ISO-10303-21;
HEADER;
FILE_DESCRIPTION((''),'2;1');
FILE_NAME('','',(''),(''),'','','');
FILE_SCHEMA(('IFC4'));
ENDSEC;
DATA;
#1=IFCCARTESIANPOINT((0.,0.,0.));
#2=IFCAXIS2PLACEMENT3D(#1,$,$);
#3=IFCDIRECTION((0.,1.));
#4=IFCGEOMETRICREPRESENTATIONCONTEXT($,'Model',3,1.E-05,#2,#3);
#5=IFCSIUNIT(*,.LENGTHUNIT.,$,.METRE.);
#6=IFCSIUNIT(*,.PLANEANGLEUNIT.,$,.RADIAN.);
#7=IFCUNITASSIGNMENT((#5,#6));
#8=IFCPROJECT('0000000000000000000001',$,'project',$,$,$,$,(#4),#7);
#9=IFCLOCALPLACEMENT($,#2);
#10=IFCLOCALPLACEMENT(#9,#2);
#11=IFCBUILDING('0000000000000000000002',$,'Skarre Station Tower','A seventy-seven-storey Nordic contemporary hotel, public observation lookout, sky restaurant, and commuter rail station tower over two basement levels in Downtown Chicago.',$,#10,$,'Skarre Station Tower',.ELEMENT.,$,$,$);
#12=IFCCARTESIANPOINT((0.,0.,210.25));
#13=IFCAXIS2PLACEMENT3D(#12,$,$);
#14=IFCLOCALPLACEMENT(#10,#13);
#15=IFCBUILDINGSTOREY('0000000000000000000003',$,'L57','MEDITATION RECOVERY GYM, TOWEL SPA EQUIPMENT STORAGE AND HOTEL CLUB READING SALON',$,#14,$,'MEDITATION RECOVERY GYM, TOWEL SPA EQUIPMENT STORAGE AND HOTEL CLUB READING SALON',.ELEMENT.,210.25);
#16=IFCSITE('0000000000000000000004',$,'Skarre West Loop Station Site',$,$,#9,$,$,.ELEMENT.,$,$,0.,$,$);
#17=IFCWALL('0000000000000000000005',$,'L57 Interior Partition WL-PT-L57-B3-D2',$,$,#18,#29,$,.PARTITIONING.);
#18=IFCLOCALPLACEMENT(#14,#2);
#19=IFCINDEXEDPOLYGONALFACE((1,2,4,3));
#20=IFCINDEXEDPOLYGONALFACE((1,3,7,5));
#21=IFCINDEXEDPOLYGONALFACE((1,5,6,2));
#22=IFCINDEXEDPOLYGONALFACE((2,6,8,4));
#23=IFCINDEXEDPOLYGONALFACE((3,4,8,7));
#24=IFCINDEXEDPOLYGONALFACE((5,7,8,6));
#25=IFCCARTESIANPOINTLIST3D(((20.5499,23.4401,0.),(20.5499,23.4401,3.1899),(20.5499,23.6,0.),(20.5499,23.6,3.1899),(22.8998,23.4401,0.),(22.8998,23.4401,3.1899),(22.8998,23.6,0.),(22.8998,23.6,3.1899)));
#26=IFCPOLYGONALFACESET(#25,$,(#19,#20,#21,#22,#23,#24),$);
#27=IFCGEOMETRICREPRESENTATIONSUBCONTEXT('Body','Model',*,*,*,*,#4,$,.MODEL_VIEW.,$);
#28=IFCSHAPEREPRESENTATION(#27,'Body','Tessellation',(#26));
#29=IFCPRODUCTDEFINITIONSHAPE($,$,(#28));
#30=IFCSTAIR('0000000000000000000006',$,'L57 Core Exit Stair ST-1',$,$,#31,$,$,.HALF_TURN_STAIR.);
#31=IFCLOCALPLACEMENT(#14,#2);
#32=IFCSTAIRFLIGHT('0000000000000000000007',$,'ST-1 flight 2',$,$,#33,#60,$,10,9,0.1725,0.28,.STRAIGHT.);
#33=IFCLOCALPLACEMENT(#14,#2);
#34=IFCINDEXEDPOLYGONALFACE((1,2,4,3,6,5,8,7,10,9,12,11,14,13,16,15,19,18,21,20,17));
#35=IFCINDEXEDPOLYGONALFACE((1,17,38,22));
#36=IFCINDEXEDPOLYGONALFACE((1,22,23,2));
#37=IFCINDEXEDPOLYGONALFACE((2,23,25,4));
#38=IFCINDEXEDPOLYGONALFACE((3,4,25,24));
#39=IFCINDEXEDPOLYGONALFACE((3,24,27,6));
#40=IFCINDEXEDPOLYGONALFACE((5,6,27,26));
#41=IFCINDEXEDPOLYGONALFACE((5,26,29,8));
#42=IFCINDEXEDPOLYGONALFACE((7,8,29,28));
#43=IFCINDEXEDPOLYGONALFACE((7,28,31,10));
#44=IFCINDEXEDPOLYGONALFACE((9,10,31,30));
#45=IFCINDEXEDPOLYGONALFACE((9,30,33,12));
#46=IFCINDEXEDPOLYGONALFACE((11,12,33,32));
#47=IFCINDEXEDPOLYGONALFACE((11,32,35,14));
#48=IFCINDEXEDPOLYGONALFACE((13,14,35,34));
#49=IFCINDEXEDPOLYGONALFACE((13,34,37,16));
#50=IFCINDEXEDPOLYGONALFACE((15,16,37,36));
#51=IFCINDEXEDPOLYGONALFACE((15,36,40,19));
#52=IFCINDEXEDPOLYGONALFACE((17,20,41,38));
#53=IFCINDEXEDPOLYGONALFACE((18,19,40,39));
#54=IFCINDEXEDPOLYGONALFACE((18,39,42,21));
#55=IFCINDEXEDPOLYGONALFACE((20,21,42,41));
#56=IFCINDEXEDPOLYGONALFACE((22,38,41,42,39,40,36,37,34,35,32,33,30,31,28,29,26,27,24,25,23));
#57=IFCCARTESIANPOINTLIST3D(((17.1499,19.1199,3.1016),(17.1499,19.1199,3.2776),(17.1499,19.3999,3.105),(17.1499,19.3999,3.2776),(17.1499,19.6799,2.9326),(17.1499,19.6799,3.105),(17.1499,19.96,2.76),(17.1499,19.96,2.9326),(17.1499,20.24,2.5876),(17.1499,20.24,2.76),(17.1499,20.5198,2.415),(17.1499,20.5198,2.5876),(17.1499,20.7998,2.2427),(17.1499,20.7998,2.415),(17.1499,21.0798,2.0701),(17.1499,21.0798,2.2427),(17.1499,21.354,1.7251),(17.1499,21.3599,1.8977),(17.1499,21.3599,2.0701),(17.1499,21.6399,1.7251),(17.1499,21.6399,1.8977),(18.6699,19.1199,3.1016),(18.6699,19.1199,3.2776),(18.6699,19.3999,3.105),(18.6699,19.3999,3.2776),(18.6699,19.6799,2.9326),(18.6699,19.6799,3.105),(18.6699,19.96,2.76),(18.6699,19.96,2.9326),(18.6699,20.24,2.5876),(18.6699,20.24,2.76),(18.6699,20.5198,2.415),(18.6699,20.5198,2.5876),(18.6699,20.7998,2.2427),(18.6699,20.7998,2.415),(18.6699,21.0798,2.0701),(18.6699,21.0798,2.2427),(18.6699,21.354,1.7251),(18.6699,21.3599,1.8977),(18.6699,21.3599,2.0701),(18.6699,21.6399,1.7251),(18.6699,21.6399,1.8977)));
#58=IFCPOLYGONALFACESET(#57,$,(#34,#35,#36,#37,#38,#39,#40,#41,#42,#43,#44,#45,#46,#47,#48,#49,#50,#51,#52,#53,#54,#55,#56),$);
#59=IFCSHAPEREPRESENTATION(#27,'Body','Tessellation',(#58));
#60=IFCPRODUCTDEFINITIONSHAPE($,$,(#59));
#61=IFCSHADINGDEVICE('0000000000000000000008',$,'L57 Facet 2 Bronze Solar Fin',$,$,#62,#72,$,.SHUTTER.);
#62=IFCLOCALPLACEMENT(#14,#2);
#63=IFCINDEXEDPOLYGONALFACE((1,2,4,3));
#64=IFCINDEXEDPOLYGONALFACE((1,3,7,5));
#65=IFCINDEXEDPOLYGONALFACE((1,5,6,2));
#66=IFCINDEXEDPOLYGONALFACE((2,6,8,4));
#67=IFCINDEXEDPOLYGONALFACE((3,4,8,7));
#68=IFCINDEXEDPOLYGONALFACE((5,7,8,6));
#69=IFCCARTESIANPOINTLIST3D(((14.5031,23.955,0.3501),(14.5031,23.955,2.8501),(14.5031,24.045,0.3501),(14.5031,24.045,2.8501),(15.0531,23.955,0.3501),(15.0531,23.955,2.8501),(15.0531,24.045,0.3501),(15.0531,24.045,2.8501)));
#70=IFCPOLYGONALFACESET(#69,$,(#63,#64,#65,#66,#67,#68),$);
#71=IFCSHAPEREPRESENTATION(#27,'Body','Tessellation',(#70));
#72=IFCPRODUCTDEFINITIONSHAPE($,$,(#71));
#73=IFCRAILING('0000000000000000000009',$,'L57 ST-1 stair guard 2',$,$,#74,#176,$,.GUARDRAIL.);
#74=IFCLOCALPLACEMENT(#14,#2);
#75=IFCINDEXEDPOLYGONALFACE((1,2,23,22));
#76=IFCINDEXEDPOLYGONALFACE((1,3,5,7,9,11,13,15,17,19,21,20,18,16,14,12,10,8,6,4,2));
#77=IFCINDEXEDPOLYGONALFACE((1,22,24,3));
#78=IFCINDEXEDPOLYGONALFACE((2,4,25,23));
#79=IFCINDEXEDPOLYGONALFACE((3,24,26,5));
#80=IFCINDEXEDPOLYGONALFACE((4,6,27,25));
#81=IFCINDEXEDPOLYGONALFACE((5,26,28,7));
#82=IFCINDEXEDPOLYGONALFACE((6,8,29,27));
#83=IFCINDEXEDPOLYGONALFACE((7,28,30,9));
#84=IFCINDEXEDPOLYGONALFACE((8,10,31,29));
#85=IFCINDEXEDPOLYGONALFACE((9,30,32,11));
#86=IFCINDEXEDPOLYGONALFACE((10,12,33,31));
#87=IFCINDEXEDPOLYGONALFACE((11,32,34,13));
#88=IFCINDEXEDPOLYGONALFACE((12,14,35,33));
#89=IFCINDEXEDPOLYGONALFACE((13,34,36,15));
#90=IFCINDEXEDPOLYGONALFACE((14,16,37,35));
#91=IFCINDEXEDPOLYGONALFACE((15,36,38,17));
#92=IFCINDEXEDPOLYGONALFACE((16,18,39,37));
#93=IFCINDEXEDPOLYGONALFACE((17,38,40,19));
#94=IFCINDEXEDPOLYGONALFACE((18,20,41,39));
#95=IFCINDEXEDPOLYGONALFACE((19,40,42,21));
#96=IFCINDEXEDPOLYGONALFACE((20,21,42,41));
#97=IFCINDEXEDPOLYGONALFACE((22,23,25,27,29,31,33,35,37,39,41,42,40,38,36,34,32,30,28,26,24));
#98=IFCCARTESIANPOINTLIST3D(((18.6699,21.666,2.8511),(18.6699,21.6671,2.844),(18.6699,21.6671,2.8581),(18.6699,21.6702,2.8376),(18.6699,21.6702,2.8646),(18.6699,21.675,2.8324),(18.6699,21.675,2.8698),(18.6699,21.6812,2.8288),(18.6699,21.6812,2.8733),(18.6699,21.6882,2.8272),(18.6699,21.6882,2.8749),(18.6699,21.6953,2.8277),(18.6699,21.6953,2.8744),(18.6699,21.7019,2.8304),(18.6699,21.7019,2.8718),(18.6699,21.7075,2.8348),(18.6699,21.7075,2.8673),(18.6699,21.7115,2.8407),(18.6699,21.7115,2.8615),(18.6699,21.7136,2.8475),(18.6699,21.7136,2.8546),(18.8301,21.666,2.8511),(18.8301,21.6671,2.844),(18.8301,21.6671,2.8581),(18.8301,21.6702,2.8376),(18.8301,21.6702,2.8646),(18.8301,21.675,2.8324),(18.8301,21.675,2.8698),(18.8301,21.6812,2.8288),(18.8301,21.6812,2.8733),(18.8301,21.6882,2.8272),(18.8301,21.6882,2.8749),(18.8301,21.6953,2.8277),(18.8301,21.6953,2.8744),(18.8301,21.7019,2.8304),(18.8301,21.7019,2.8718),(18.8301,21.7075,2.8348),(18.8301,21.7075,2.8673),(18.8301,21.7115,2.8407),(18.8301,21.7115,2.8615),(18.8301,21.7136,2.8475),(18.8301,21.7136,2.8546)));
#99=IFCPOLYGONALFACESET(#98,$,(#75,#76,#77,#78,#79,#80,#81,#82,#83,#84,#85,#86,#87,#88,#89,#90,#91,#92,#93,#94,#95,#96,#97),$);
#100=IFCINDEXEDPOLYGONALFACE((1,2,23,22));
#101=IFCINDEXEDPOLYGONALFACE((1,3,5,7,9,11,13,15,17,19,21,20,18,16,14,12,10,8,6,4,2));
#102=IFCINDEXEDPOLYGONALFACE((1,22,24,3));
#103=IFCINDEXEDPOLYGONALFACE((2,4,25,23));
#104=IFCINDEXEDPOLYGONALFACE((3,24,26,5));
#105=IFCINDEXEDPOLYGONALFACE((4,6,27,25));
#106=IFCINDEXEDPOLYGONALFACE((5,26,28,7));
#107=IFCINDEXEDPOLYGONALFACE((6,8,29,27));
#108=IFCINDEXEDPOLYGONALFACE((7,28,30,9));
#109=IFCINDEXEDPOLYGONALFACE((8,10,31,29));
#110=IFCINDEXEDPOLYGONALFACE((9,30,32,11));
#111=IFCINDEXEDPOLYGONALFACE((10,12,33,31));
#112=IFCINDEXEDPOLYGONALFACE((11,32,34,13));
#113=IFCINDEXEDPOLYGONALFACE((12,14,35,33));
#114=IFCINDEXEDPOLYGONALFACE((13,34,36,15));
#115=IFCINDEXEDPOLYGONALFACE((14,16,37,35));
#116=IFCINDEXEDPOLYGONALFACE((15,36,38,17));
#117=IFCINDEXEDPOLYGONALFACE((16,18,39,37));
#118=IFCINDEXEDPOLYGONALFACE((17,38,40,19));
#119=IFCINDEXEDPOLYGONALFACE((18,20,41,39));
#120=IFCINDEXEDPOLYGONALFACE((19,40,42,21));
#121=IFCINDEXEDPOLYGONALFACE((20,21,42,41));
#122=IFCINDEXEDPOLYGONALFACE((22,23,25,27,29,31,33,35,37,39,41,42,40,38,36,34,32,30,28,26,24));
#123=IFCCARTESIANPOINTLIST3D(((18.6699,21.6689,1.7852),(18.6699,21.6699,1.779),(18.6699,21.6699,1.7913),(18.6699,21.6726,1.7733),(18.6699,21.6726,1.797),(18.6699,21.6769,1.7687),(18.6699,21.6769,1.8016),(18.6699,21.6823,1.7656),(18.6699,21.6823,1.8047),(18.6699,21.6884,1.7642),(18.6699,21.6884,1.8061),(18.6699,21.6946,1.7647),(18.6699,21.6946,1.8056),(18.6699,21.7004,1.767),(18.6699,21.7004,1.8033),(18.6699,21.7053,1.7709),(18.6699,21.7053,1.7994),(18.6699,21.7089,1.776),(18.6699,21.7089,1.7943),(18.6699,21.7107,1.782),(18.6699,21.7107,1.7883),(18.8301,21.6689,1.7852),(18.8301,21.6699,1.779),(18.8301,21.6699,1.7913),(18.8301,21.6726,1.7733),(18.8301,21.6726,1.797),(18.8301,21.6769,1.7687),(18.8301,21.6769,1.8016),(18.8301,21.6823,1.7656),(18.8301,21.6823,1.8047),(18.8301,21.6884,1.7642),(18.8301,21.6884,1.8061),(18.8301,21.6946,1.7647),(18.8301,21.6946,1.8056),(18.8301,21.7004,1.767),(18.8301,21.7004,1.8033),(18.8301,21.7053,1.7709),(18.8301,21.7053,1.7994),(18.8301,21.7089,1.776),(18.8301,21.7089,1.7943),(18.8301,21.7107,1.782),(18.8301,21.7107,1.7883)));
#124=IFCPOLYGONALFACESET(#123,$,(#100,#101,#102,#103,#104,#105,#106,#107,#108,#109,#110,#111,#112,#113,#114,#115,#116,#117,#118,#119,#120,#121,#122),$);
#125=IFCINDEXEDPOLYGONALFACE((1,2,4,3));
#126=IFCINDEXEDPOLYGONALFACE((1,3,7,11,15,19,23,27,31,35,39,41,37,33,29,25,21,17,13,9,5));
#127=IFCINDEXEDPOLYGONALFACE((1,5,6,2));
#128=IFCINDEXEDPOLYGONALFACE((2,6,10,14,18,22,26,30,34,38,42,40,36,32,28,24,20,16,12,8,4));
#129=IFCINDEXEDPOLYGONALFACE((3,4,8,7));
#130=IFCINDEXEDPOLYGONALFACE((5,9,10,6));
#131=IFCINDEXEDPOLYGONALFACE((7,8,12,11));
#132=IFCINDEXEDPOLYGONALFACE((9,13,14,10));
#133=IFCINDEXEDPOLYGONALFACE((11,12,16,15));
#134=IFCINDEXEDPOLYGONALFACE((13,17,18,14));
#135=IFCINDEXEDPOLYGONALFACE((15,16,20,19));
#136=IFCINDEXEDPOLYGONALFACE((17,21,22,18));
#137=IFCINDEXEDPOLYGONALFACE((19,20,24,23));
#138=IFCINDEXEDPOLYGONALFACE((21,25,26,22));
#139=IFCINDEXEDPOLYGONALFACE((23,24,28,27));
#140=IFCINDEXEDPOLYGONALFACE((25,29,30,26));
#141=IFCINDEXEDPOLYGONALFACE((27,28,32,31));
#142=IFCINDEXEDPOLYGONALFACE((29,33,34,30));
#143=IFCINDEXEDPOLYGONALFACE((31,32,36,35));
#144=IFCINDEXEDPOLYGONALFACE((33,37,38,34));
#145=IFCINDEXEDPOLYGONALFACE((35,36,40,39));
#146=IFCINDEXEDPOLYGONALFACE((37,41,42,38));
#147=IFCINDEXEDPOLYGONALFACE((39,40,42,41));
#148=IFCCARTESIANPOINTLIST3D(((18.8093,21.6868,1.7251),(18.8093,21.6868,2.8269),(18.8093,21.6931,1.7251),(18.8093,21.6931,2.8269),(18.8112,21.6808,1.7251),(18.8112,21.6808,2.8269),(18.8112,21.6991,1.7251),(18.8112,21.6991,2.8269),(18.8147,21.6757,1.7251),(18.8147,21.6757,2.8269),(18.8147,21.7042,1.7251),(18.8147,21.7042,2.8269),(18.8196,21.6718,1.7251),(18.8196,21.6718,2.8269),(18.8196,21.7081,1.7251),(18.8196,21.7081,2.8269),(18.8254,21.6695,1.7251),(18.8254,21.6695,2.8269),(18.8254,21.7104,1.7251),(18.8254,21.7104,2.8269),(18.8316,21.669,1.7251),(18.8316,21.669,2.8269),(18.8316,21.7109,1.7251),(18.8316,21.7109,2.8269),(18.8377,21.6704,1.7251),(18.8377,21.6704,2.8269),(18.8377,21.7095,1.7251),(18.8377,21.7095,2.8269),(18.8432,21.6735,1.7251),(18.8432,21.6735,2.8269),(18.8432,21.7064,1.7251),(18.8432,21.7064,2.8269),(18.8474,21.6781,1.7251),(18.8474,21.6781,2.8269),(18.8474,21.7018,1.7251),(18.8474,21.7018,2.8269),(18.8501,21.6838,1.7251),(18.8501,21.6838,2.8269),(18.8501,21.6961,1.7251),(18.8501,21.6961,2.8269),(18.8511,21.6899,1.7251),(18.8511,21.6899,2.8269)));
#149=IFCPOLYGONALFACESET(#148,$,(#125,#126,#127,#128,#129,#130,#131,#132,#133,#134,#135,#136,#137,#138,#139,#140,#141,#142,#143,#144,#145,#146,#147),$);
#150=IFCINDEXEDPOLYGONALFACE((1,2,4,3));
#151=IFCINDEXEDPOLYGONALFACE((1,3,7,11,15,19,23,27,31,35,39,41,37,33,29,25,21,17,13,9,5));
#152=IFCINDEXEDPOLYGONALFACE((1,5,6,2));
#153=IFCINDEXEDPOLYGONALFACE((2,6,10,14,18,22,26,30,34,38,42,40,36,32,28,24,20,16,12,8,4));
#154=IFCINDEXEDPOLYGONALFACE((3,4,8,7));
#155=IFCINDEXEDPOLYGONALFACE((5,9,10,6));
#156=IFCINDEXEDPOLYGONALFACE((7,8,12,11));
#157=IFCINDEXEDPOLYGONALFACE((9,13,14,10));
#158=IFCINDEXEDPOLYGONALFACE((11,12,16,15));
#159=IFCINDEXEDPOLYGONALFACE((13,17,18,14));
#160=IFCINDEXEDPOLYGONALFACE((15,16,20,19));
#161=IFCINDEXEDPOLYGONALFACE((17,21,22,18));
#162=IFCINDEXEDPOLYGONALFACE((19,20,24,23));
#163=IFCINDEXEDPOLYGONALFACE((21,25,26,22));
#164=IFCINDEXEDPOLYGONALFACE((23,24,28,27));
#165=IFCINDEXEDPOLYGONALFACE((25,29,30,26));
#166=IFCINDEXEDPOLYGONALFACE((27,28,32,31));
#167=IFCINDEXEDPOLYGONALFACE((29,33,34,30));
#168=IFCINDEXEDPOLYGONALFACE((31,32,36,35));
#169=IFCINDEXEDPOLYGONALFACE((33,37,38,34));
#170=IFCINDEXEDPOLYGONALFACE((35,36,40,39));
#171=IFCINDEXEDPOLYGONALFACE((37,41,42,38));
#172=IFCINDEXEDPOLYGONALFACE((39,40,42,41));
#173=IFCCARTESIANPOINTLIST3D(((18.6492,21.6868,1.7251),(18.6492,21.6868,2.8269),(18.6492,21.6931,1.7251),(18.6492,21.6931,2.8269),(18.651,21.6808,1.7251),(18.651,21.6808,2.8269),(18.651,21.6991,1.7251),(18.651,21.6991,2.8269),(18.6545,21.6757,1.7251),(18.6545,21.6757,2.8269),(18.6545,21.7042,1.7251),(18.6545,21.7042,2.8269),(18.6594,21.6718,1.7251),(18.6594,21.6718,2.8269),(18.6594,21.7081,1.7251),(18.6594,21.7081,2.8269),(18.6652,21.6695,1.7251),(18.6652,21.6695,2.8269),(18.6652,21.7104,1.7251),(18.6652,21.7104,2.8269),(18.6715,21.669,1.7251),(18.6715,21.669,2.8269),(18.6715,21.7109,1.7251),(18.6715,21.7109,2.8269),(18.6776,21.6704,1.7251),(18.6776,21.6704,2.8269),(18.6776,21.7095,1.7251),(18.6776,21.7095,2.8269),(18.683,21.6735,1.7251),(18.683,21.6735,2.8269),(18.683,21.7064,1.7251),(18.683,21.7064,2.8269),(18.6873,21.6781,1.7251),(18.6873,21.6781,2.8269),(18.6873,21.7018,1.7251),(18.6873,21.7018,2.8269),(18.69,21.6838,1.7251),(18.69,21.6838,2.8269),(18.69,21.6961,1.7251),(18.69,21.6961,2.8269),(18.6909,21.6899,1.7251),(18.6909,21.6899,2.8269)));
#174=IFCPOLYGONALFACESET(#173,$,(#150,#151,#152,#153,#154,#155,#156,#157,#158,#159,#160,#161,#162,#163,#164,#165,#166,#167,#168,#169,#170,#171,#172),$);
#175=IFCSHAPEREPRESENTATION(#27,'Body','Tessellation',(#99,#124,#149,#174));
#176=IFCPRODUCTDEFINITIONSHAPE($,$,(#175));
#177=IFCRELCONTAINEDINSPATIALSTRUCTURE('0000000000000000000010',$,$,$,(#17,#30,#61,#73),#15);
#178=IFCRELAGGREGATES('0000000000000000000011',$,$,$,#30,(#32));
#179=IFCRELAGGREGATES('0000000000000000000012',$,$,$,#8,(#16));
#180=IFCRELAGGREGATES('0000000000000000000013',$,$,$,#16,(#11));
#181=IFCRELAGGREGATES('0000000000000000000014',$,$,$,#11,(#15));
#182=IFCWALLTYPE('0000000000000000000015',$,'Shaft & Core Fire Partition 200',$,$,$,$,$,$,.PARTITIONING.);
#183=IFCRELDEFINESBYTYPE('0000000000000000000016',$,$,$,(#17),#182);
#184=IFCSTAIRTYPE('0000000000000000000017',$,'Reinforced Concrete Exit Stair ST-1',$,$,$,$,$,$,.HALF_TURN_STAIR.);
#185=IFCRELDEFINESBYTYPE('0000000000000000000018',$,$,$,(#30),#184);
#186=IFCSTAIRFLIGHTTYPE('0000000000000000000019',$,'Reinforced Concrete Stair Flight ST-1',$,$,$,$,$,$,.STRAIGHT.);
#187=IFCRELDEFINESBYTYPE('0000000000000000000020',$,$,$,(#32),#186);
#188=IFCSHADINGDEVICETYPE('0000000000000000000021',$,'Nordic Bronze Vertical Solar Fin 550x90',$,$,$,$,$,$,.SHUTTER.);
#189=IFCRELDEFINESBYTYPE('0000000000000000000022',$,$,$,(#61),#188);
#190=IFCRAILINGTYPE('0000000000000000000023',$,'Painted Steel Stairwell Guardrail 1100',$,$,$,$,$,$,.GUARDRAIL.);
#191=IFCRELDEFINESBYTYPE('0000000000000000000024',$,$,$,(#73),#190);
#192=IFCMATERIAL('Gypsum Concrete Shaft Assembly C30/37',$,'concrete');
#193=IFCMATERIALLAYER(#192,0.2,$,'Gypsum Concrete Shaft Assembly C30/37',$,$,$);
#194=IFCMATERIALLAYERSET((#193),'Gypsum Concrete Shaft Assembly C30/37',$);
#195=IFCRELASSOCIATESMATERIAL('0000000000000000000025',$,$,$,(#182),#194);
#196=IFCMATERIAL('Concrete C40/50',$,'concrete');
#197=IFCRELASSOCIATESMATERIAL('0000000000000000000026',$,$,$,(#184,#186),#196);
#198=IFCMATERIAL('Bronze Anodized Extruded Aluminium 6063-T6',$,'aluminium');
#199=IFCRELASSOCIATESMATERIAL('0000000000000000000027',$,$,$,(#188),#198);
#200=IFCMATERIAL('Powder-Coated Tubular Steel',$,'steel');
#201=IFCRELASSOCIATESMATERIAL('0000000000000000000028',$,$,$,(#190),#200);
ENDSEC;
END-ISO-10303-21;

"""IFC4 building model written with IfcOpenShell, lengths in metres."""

from ifc_helpers import new_model, si_unit, direction, frame, frame_2d, origin, origin_2d, place, context, subcontext, project, spatial, polyline, rectangle, circle, outline, extrude, material, layer, layer_set, type_object, element, aggregate, save


model = new_model("IFC4")

# Units and contexts
model_context = context("Model", 3, precision=1e-05, world=origin(), true_north=direction((0.0, 1.0)))
body_context = subcontext(model_context, "Body", "Model", "MODEL_VIEW")
ifc_project = project(units=[si_unit("LENGTHUNIT", "METRE"), si_unit("PLANEANGLEUNIT", "RADIAN")], contexts=[model_context])

# Site, building, storey
site_placement = place(None, origin())
site = spatial("IfcSite", under=ifc_project, at=site_placement, Name="Skarre West Loop Station Site", CompositionType="ELEMENT", RefElevation=0.0)
building_placement = place(site_placement, origin())
building = spatial("IfcBuilding", under=site, at=building_placement, Name="Skarre Station Tower", Description="A seventy-seven-storey Nordic contemporary hotel, public observation lookout, sky restaurant, and commuter rail station tower over two basement levels in Downtown Chicago.", LongName="Skarre Station Tower", CompositionType="ELEMENT")
storey_placement = place(building_placement, frame((0.0, 0.0, 210.25)))
storey = spatial("IfcBuildingStorey", under=building, at=storey_placement, Name="L57", Description="MEDITATION RECOVERY GYM, TOWEL SPA EQUIPMENT STORAGE AND HOTEL CLUB READING SALON", LongName="MEDITATION RECOVERY GYM, TOWEL SPA EQUIPMENT STORAGE AND HOTEL CLUB READING SALON", CompositionType="ELEMENT", Elevation=210.25)

# Shared definitions
ifc_material_1 = material(Name="Gypsum Concrete Shaft Assembly C30/37", Category="concrete")
ifc_layer_1 = layer(ifc_material_1, 0.2, Name="Gypsum Concrete Shaft Assembly C30/37")
ifc_layer_set_1 = layer_set([ifc_layer_1], Name="Gypsum Concrete Shaft Assembly C30/37")
wall_type_1 = type_object("IfcWallType", Name="Shaft & Core Fire Partition 200", PredefinedType="PARTITIONING", material=ifc_layer_set_1)

# Wall
wall_1_placement = place(storey_placement, frame((20.55, 23.52, 0.0), z_axis=(0.0, 0.0, 1.0), x_axis=(1.0, 0.0, 0.0)))
element("IfcWall", 1, at=wall_1_placement, inside=storey, type_object=wall_type_1, Name="L57 Interior Partition WL-PT-L57-B3-D2", PredefinedType="PARTITIONING", context=body_context, shape_type="SweptSolid", body=[
    extrude(rectangle(XDim=2.3499, YDim=0.1599, at=frame_2d((1.1748, 0.0))), origin(), (0.0, 0.0, 1.0), 3.1899),
])

# Stair, stair flight
ifc_material_2 = material(Name="Concrete C40/50", Category="concrete")
stair_type = type_object("IfcStairType", Name="Reinforced Concrete Exit Stair ST-1", PredefinedType="HALF_TURN_STAIR", material=ifc_material_2)
stair_placement = place(storey_placement, origin())
stair = element("IfcStair", 2, at=stair_placement, inside=storey, type_object=stair_type, Name="L57 Core Exit Stair ST-1", PredefinedType="HALF_TURN_STAIR")
stair_flight_type = type_object("IfcStairFlightType", Name="Reinforced Concrete Stair Flight ST-1", PredefinedType="STRAIGHT", material=ifc_material_2)
stair_flight_placement = place(storey_placement, frame((17.9099, 21.6399, 1.7251), z_axis=(0.0, 0.0, 1.0), x_axis=(0.0, -1.0, 0.0)))
stair_flight = element("IfcStairFlight", 3, at=stair_flight_placement, type_object=stair_flight_type, Name="ST-1 flight 2", NumberOfRisers=10, NumberOfTreads=9, PredefinedType="STRAIGHT", RiserHeight=0.1725, TreadLength=0.28, context=body_context, shape_type="SweptSolid", body=[
    extrude(outline(polyline([(0.0, 0.0), (0.0, 0.1726), (0.28, 0.1726), (0.28, 0.345), (0.5601, 0.345), (0.5601, 0.5176), (0.8401, 0.5176), (0.8401, 0.6899), (1.1201, 0.6899), (1.1201, 0.8625), (1.3999, 0.8625), (1.3999, 1.0349), (1.6799, 1.0349), (1.6799, 1.2075), (1.96, 1.2075), (1.96, 1.3799), (2.24, 1.3799), (2.24, 1.5525), (2.52, 1.5525), (2.52, 1.7251), (2.52, 1.3765), (0.2859, 0.0), (0.0, 0.0)])), frame((0.0, 0.76, 0.0), z_axis=(0.0, -1.0, 0.0), x_axis=(1.0, 0.0, 0.0)), (0.0, 0.0, 1.0), 1.52),
])
aggregate(stair, [stair_flight])

# Shading device
ifc_material_3 = material(Name="Bronze Anodized Extruded Aluminium 6063-T6", Category="aluminium")
shading_device_type = type_object("IfcShadingDeviceType", Name="Nordic Bronze Vertical Solar Fin 550x90", PredefinedType="SHUTTER", material=ifc_material_3)
shading_device_placement = place(storey_placement, frame((14.7781, 24.0, 0.3501), z_axis=(0.0, 0.0, 1.0), x_axis=(-1.0, 0.0, 0.0)))
element("IfcShadingDevice", 4, at=shading_device_placement, inside=storey, type_object=shading_device_type, Name="L57 Facet 2 Bronze Solar Fin", PredefinedType="SHUTTER", context=body_context, shape_type="SweptSolid", body=[
    extrude(rectangle(XDim=0.55, YDim=0.0901, at=origin_2d()), origin(), (0.0, 0.0, 1.0), 2.5),
])

# Railing
ifc_material_4 = material(Name="Powder-Coated Tubular Steel", Category="steel")
railing_type = type_object("IfcRailingType", Name="Painted Steel Stairwell Guardrail 1100", PredefinedType="GUARDRAIL", material=ifc_material_4)
railing_1_placement = place(storey_placement, frame((18.8301, 21.6899, 1.7251)))
element("IfcRailing", 5, at=railing_1_placement, inside=storey, type_object=railing_type, Name="L57 ST-1 stair guard 2", PredefinedType="GUARDRAIL", context=body_context, shape_type="SweptSolid", body=[
    extrude(circle(Radius=0.0239, at=origin_2d()), frame((0.0, 0.0, 1.126), z_axis=(-1.0, 0.0, 0.0), x_axis=(0.0, -1.0, 0.0)), (0.0, 0.0, 1.0), 0.1602),
    extrude(circle(Radius=0.021, at=origin_2d()), frame((0.0, 0.0, 0.0601), z_axis=(-1.0, 0.0, 0.0), x_axis=(0.0, -1.0, 0.0)), (0.0, 0.0, 1.0), 0.1602),
    extrude(circle(Radius=0.021, at=origin_2d()), origin(), (0.0, 0.0, 1.0), 1.1018),
    extrude(circle(Radius=0.021, at=origin_2d()), frame((-0.1602, 0.0, 0.0)), (0.0, 0.0, 1.0), 1.1018),
])

save(model, "model.ifc")
